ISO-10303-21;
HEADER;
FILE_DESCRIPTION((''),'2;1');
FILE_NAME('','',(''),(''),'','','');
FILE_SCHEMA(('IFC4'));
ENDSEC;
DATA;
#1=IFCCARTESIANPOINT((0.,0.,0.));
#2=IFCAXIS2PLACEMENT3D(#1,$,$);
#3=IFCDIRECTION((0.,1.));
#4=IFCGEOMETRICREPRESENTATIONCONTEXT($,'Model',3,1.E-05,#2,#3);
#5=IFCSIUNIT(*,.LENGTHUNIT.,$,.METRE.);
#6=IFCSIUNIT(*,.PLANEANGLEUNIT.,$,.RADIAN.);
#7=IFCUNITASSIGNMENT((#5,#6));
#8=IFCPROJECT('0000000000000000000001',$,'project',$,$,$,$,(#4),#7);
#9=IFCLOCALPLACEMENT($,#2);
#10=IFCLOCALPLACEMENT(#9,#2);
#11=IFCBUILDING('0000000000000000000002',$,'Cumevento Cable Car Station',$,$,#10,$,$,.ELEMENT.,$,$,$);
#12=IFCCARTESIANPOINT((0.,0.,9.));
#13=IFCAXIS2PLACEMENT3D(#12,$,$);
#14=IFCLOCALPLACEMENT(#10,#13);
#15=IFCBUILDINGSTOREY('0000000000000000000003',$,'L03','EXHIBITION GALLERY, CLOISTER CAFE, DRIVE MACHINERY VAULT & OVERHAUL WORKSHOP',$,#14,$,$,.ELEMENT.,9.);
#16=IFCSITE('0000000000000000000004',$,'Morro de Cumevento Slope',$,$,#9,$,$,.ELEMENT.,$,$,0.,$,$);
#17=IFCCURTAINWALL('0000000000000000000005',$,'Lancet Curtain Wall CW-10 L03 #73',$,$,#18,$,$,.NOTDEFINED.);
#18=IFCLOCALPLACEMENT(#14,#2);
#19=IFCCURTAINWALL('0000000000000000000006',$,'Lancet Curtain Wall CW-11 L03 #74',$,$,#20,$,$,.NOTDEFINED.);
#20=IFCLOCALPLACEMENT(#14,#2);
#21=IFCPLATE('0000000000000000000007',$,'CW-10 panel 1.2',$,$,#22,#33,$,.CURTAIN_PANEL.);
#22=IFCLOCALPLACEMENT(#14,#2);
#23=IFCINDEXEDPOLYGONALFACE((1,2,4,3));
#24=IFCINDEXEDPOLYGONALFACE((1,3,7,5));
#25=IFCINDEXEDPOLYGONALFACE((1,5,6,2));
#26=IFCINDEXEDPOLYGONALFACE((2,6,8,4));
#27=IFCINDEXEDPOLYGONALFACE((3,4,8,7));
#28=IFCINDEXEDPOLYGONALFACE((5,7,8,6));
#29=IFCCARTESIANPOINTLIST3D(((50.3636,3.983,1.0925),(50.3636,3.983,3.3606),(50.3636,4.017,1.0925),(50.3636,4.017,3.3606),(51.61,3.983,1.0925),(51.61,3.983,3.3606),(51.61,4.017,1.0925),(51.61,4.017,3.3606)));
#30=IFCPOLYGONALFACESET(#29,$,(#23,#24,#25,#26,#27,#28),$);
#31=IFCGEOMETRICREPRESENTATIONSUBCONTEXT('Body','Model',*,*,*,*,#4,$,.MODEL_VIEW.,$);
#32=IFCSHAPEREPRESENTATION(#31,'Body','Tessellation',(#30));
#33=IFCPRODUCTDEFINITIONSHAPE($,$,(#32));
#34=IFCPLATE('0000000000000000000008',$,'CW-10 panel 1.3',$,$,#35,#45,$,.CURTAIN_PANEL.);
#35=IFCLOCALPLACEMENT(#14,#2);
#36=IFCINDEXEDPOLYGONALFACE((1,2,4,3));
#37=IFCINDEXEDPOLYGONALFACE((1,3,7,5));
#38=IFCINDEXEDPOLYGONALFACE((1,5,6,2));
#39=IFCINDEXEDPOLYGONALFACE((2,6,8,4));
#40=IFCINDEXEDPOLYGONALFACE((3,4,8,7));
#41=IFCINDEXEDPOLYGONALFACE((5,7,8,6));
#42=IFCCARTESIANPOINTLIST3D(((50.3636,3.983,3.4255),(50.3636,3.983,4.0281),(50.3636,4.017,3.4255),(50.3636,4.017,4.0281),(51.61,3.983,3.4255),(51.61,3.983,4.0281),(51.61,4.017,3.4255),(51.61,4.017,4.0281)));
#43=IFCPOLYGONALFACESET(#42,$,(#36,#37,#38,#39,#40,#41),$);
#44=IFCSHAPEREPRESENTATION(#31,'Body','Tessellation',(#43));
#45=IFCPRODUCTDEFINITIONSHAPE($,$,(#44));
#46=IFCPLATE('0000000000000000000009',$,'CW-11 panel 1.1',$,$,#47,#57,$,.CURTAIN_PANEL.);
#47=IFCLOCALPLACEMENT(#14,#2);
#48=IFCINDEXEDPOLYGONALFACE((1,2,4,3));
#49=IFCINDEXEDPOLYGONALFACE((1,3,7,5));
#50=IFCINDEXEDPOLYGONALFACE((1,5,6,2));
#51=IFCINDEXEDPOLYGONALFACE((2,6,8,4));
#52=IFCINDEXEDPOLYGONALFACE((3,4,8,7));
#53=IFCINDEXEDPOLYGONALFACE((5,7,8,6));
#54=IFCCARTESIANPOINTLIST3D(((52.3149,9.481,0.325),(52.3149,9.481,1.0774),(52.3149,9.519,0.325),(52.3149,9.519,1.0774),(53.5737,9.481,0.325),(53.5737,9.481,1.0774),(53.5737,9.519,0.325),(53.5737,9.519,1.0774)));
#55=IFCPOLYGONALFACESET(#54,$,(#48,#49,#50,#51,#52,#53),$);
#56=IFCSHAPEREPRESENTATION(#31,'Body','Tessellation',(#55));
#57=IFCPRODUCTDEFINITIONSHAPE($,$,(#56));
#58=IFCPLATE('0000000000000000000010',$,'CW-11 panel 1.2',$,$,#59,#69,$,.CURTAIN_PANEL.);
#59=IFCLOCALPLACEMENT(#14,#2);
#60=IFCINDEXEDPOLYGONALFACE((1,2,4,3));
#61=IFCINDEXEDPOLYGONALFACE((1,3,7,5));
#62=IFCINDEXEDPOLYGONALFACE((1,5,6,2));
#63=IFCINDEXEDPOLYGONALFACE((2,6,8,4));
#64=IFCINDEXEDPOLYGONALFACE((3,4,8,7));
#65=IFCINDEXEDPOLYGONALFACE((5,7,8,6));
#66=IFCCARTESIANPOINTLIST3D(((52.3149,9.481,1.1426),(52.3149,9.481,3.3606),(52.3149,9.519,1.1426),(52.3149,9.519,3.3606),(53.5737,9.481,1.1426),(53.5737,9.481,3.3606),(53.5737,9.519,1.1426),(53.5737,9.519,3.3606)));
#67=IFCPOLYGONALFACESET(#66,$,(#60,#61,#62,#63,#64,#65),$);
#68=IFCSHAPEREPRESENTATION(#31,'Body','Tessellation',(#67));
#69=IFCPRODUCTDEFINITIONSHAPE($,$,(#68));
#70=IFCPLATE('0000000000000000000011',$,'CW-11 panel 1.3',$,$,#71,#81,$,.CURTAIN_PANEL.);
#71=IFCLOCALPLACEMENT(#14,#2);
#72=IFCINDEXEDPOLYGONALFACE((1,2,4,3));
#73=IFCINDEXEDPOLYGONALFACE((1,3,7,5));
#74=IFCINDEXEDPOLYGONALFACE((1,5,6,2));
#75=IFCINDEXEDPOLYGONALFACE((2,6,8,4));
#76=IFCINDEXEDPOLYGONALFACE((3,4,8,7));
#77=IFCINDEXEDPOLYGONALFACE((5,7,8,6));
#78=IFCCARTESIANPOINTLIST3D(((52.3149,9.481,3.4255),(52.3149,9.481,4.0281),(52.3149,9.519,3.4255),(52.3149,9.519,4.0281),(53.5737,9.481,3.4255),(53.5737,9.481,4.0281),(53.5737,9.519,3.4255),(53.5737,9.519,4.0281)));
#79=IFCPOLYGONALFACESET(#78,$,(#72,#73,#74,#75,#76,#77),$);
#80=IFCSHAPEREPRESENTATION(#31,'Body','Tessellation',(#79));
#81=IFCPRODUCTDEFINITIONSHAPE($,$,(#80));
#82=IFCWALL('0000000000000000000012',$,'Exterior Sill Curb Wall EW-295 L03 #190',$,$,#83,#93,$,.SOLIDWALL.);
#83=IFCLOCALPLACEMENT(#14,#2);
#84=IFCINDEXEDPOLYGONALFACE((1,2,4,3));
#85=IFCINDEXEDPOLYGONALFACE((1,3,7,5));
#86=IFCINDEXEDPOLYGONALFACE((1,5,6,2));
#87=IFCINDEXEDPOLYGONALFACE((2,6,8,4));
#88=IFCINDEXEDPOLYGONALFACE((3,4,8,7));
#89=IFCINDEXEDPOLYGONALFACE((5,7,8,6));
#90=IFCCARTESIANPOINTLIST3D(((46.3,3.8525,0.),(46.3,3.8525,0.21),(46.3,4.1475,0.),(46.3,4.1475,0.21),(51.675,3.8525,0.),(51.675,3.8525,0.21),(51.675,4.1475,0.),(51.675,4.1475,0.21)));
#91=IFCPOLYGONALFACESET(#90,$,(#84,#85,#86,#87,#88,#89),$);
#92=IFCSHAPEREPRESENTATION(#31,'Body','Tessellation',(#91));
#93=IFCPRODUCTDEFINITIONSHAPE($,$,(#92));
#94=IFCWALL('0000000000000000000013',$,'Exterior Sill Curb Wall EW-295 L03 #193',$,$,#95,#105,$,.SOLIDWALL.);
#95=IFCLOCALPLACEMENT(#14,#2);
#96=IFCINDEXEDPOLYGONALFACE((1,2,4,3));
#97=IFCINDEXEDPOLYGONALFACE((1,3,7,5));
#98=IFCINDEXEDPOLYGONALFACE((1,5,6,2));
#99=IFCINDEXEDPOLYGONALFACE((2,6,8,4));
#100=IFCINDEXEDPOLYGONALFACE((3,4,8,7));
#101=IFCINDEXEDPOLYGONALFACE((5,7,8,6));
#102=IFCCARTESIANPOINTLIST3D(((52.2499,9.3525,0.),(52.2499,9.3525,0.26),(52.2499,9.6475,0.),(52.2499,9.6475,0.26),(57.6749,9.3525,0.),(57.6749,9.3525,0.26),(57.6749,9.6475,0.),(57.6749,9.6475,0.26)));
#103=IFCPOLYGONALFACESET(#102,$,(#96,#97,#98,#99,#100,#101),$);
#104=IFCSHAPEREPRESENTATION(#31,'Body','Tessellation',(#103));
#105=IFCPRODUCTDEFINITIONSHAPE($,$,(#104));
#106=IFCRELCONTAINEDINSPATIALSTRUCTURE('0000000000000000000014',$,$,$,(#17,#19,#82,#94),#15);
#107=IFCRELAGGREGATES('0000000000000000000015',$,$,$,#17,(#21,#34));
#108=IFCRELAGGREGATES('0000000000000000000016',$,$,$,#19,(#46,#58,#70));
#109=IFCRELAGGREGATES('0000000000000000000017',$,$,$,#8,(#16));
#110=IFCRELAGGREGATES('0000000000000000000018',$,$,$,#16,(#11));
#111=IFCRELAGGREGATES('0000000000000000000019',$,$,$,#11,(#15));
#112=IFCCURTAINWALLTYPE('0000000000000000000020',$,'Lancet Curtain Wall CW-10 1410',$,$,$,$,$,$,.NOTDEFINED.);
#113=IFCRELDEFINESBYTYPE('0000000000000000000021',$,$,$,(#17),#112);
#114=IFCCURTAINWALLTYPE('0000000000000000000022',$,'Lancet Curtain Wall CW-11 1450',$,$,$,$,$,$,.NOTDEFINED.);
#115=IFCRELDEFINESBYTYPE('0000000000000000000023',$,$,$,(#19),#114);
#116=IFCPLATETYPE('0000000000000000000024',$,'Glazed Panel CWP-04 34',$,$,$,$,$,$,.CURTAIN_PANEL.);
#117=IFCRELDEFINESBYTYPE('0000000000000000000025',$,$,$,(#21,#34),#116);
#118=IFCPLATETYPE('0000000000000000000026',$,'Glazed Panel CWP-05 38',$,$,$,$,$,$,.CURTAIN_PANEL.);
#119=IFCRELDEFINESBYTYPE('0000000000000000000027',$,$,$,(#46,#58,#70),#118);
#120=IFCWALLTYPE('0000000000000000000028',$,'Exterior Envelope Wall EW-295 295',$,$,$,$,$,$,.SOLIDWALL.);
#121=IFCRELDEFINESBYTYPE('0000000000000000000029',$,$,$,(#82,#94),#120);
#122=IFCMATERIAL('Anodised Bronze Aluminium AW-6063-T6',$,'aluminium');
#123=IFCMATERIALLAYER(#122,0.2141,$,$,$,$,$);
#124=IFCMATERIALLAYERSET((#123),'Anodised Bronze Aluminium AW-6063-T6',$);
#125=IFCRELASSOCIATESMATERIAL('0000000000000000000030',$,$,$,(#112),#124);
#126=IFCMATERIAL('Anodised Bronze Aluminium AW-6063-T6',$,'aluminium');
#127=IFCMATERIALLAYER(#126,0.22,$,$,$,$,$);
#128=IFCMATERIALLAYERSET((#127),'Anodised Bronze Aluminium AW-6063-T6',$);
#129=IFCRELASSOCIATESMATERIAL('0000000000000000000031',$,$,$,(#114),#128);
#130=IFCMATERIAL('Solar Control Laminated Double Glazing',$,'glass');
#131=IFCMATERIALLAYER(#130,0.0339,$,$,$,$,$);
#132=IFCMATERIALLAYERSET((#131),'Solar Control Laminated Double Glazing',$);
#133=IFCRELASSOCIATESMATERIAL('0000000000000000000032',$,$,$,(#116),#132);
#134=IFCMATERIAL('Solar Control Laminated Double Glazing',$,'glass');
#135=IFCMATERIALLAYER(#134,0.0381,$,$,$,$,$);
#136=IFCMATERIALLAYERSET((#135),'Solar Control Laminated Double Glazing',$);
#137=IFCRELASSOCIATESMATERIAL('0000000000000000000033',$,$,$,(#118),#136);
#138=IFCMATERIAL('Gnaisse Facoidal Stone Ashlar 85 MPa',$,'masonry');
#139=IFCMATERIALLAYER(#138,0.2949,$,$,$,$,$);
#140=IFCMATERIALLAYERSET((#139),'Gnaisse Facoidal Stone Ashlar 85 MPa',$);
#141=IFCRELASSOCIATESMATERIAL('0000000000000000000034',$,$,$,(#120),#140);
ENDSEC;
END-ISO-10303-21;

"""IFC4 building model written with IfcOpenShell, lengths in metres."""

from ifc_helpers import new_model, si_unit, direction, frame, frame_2d, origin, origin_2d, place, context, subcontext, project, spatial, rectangle, extrude, material, layer, layer_set, type_object, element, aggregate, save


model = new_model("IFC4")

# Units and contexts
model_context = context("Model", 3, precision=1e-05, world=origin(), true_north=direction((0.0, 1.0)))
body_context = subcontext(model_context, "Body", "Model", "MODEL_VIEW")
ifc_project = project(units=[si_unit("LENGTHUNIT", "METRE"), si_unit("PLANEANGLEUNIT", "RADIAN")], contexts=[model_context])

# Site, building, storey
site_placement = place(None, origin())
site = spatial("IfcSite", under=ifc_project, at=site_placement, Name="Morro de Cumevento Slope", CompositionType="ELEMENT", RefElevation=0.0)
building_placement = place(site_placement, origin())
building = spatial("IfcBuilding", under=site, at=building_placement, Name="Cumevento Cable Car Station", CompositionType="ELEMENT")
storey_placement = place(building_placement, frame((0.0, 0.0, 9.0)))
storey = spatial("IfcBuildingStorey", under=building, at=storey_placement, Name="L03", Description="EXHIBITION GALLERY, CLOISTER CAFE, DRIVE MACHINERY VAULT & OVERHAUL WORKSHOP", CompositionType="ELEMENT", Elevation=9.0)

# Curtain walls
ifc_material_1 = material(Name="Anodised Bronze Aluminium AW-6063-T6", Category="aluminium")
ifc_layer_1 = layer(ifc_material_1, 0.2141)
ifc_layer_set_1 = layer_set([ifc_layer_1], Name="Anodised Bronze Aluminium AW-6063-T6")
curtain_wall_type_1 = type_object("IfcCurtainWallType", Name="Lancet Curtain Wall CW-10 1410", PredefinedType="NOTDEFINED", material=ifc_layer_set_1)
curtain_wall_1_placement = place(storey_placement, origin())
curtain_wall_1 = element("IfcCurtainWall", 1, at=curtain_wall_1_placement, inside=storey, type_object=curtain_wall_type_1, Name="Lancet Curtain Wall CW-10 L03 #73", PredefinedType="NOTDEFINED")
ifc_material_2 = material(Name="Anodised Bronze Aluminium AW-6063-T6", Category="aluminium")
ifc_layer_2 = layer(ifc_material_2, 0.22)
ifc_layer_set_2 = layer_set([ifc_layer_2], Name="Anodised Bronze Aluminium AW-6063-T6")
curtain_wall_type_2 = type_object("IfcCurtainWallType", Name="Lancet Curtain Wall CW-11 1450", PredefinedType="NOTDEFINED", material=ifc_layer_set_2)
curtain_wall_2_placement = place(storey_placement, origin())
curtain_wall_2 = element("IfcCurtainWall", 2, at=curtain_wall_2_placement, inside=storey, type_object=curtain_wall_type_2, Name="Lancet Curtain Wall CW-11 L03 #74", PredefinedType="NOTDEFINED")

# Plates
ifc_material_3 = material(Name="Solar Control Laminated Double Glazing", Category="glass")
ifc_layer_3 = layer(ifc_material_3, 0.0339)
ifc_layer_set_3 = layer_set([ifc_layer_3], Name="Solar Control Laminated Double Glazing")
plate_type_1 = type_object("IfcPlateType", Name="Glazed Panel CWP-04 34", PredefinedType="CURTAIN_PANEL", material=ifc_layer_set_3)
plate_1_placement = place(storey_placement, frame((50.9868, 4.0, 1.0925), z_axis=(0.0, 0.0, 1.0), x_axis=(-1.0, 0.0, 0.0)))
plate_1 = element("IfcPlate", 3, at=plate_1_placement, type_object=plate_type_1, Name="CW-10 panel 1.2", PredefinedType="CURTAIN_PANEL", context=body_context, shape_type="SweptSolid", body=[
    extrude(rectangle(XDim=1.2463, YDim=0.0339, at=origin_2d()), origin(), (0.0, 0.0, 1.0), 2.2681),
])
plate_2_placement = place(storey_placement, frame((50.9868, 4.0, 3.4255), z_axis=(0.0, 0.0, 1.0), x_axis=(-1.0, 0.0, 0.0)))
plate_2 = element("IfcPlate", 4, at=plate_2_placement, type_object=plate_type_1, Name="CW-10 panel 1.3", PredefinedType="CURTAIN_PANEL", context=body_context, shape_type="SweptSolid", body=[
    extrude(rectangle(XDim=1.2463, YDim=0.0339, at=origin_2d()), origin(), (0.0, 0.0, 1.0), 0.6025),
])
aggregate(curtain_wall_1, [plate_1, plate_2])
ifc_material_4 = material(Name="Solar Control Laminated Double Glazing", Category="glass")
ifc_layer_4 = layer(ifc_material_4, 0.0381)
ifc_layer_set_4 = layer_set([ifc_layer_4], Name="Solar Control Laminated Double Glazing")
plate_type_2 = type_object("IfcPlateType", Name="Glazed Panel CWP-05 38", PredefinedType="CURTAIN_PANEL", material=ifc_layer_set_4)
plate_3_placement = place(storey_placement, frame((52.9443, 9.5, 0.325), z_axis=(0.0, 0.0, 1.0), x_axis=(1.0, 0.0, 0.0)))
plate_3 = element("IfcPlate", 5, at=plate_3_placement, type_object=plate_type_2, Name="CW-11 panel 1.1", PredefinedType="CURTAIN_PANEL", context=body_context, shape_type="SweptSolid", body=[
    extrude(rectangle(XDim=1.2588, YDim=0.0381, at=origin_2d()), origin(), (0.0, 0.0, 1.0), 0.7524),
])
plate_4_placement = place(storey_placement, frame((52.9443, 9.5, 1.1426), z_axis=(0.0, 0.0, 1.0), x_axis=(1.0, 0.0, 0.0)))
plate_4 = element("IfcPlate", 6, at=plate_4_placement, type_object=plate_type_2, Name="CW-11 panel 1.2", PredefinedType="CURTAIN_PANEL", context=body_context, shape_type="SweptSolid", body=[
    extrude(rectangle(XDim=1.2588, YDim=0.0381, at=origin_2d()), origin(), (0.0, 0.0, 1.0), 2.218),
])
plate_5_placement = place(storey_placement, frame((52.9443, 9.5, 3.4255), z_axis=(0.0, 0.0, 1.0), x_axis=(1.0, 0.0, 0.0)))
plate_5 = element("IfcPlate", 7, at=plate_5_placement, type_object=plate_type_2, Name="CW-11 panel 1.3", PredefinedType="CURTAIN_PANEL", context=body_context, shape_type="SweptSolid", body=[
    extrude(rectangle(XDim=1.2588, YDim=0.0381, at=origin_2d()), origin(), (0.0, 0.0, 1.0), 0.6025),
])
aggregate(curtain_wall_2, [plate_3, plate_4, plate_5])

# Walls
ifc_material_5 = material(Name="Gnaisse Facoidal Stone Ashlar 85 MPa", Category="masonry")
ifc_layer_5 = layer(ifc_material_5, 0.2949)
ifc_layer_set_5 = layer_set([ifc_layer_5], Name="Gnaisse Facoidal Stone Ashlar 85 MPa")
wall_type = type_object("IfcWallType", Name="Exterior Envelope Wall EW-295 295", PredefinedType="SOLIDWALL", material=ifc_layer_set_5)
wall_1_placement = place(storey_placement, frame((51.675, 4.0, 0.0), z_axis=(0.0, 0.0, 1.0), x_axis=(-1.0, 0.0, 0.0)))
element("IfcWall", 8, at=wall_1_placement, inside=storey, type_object=wall_type, Name="Exterior Sill Curb Wall EW-295 L03 #190", PredefinedType="SOLIDWALL", context=body_context, shape_type="SweptSolid", body=[
    extrude(rectangle(XDim=5.375, YDim=0.2949, at=frame_2d((2.6875, 0.0))), origin(), (0.0, 0.0, 1.0), 0.21),
])
wall_2_placement = place(storey_placement, frame((52.25, 9.5, 0.0), z_axis=(0.0, 0.0, 1.0), x_axis=(1.0, 0.0, 0.0)))
element("IfcWall", 9, at=wall_2_placement, inside=storey, type_object=wall_type, Name="Exterior Sill Curb Wall EW-295 L03 #193", PredefinedType="SOLIDWALL", context=body_context, shape_type="SweptSolid", body=[
    extrude(rectangle(XDim=5.425, YDim=0.2949, at=frame_2d((2.7124, 0.0))), origin(), (0.0, 0.0, 1.0), 0.26),
])

save(model, "model.ifc")
